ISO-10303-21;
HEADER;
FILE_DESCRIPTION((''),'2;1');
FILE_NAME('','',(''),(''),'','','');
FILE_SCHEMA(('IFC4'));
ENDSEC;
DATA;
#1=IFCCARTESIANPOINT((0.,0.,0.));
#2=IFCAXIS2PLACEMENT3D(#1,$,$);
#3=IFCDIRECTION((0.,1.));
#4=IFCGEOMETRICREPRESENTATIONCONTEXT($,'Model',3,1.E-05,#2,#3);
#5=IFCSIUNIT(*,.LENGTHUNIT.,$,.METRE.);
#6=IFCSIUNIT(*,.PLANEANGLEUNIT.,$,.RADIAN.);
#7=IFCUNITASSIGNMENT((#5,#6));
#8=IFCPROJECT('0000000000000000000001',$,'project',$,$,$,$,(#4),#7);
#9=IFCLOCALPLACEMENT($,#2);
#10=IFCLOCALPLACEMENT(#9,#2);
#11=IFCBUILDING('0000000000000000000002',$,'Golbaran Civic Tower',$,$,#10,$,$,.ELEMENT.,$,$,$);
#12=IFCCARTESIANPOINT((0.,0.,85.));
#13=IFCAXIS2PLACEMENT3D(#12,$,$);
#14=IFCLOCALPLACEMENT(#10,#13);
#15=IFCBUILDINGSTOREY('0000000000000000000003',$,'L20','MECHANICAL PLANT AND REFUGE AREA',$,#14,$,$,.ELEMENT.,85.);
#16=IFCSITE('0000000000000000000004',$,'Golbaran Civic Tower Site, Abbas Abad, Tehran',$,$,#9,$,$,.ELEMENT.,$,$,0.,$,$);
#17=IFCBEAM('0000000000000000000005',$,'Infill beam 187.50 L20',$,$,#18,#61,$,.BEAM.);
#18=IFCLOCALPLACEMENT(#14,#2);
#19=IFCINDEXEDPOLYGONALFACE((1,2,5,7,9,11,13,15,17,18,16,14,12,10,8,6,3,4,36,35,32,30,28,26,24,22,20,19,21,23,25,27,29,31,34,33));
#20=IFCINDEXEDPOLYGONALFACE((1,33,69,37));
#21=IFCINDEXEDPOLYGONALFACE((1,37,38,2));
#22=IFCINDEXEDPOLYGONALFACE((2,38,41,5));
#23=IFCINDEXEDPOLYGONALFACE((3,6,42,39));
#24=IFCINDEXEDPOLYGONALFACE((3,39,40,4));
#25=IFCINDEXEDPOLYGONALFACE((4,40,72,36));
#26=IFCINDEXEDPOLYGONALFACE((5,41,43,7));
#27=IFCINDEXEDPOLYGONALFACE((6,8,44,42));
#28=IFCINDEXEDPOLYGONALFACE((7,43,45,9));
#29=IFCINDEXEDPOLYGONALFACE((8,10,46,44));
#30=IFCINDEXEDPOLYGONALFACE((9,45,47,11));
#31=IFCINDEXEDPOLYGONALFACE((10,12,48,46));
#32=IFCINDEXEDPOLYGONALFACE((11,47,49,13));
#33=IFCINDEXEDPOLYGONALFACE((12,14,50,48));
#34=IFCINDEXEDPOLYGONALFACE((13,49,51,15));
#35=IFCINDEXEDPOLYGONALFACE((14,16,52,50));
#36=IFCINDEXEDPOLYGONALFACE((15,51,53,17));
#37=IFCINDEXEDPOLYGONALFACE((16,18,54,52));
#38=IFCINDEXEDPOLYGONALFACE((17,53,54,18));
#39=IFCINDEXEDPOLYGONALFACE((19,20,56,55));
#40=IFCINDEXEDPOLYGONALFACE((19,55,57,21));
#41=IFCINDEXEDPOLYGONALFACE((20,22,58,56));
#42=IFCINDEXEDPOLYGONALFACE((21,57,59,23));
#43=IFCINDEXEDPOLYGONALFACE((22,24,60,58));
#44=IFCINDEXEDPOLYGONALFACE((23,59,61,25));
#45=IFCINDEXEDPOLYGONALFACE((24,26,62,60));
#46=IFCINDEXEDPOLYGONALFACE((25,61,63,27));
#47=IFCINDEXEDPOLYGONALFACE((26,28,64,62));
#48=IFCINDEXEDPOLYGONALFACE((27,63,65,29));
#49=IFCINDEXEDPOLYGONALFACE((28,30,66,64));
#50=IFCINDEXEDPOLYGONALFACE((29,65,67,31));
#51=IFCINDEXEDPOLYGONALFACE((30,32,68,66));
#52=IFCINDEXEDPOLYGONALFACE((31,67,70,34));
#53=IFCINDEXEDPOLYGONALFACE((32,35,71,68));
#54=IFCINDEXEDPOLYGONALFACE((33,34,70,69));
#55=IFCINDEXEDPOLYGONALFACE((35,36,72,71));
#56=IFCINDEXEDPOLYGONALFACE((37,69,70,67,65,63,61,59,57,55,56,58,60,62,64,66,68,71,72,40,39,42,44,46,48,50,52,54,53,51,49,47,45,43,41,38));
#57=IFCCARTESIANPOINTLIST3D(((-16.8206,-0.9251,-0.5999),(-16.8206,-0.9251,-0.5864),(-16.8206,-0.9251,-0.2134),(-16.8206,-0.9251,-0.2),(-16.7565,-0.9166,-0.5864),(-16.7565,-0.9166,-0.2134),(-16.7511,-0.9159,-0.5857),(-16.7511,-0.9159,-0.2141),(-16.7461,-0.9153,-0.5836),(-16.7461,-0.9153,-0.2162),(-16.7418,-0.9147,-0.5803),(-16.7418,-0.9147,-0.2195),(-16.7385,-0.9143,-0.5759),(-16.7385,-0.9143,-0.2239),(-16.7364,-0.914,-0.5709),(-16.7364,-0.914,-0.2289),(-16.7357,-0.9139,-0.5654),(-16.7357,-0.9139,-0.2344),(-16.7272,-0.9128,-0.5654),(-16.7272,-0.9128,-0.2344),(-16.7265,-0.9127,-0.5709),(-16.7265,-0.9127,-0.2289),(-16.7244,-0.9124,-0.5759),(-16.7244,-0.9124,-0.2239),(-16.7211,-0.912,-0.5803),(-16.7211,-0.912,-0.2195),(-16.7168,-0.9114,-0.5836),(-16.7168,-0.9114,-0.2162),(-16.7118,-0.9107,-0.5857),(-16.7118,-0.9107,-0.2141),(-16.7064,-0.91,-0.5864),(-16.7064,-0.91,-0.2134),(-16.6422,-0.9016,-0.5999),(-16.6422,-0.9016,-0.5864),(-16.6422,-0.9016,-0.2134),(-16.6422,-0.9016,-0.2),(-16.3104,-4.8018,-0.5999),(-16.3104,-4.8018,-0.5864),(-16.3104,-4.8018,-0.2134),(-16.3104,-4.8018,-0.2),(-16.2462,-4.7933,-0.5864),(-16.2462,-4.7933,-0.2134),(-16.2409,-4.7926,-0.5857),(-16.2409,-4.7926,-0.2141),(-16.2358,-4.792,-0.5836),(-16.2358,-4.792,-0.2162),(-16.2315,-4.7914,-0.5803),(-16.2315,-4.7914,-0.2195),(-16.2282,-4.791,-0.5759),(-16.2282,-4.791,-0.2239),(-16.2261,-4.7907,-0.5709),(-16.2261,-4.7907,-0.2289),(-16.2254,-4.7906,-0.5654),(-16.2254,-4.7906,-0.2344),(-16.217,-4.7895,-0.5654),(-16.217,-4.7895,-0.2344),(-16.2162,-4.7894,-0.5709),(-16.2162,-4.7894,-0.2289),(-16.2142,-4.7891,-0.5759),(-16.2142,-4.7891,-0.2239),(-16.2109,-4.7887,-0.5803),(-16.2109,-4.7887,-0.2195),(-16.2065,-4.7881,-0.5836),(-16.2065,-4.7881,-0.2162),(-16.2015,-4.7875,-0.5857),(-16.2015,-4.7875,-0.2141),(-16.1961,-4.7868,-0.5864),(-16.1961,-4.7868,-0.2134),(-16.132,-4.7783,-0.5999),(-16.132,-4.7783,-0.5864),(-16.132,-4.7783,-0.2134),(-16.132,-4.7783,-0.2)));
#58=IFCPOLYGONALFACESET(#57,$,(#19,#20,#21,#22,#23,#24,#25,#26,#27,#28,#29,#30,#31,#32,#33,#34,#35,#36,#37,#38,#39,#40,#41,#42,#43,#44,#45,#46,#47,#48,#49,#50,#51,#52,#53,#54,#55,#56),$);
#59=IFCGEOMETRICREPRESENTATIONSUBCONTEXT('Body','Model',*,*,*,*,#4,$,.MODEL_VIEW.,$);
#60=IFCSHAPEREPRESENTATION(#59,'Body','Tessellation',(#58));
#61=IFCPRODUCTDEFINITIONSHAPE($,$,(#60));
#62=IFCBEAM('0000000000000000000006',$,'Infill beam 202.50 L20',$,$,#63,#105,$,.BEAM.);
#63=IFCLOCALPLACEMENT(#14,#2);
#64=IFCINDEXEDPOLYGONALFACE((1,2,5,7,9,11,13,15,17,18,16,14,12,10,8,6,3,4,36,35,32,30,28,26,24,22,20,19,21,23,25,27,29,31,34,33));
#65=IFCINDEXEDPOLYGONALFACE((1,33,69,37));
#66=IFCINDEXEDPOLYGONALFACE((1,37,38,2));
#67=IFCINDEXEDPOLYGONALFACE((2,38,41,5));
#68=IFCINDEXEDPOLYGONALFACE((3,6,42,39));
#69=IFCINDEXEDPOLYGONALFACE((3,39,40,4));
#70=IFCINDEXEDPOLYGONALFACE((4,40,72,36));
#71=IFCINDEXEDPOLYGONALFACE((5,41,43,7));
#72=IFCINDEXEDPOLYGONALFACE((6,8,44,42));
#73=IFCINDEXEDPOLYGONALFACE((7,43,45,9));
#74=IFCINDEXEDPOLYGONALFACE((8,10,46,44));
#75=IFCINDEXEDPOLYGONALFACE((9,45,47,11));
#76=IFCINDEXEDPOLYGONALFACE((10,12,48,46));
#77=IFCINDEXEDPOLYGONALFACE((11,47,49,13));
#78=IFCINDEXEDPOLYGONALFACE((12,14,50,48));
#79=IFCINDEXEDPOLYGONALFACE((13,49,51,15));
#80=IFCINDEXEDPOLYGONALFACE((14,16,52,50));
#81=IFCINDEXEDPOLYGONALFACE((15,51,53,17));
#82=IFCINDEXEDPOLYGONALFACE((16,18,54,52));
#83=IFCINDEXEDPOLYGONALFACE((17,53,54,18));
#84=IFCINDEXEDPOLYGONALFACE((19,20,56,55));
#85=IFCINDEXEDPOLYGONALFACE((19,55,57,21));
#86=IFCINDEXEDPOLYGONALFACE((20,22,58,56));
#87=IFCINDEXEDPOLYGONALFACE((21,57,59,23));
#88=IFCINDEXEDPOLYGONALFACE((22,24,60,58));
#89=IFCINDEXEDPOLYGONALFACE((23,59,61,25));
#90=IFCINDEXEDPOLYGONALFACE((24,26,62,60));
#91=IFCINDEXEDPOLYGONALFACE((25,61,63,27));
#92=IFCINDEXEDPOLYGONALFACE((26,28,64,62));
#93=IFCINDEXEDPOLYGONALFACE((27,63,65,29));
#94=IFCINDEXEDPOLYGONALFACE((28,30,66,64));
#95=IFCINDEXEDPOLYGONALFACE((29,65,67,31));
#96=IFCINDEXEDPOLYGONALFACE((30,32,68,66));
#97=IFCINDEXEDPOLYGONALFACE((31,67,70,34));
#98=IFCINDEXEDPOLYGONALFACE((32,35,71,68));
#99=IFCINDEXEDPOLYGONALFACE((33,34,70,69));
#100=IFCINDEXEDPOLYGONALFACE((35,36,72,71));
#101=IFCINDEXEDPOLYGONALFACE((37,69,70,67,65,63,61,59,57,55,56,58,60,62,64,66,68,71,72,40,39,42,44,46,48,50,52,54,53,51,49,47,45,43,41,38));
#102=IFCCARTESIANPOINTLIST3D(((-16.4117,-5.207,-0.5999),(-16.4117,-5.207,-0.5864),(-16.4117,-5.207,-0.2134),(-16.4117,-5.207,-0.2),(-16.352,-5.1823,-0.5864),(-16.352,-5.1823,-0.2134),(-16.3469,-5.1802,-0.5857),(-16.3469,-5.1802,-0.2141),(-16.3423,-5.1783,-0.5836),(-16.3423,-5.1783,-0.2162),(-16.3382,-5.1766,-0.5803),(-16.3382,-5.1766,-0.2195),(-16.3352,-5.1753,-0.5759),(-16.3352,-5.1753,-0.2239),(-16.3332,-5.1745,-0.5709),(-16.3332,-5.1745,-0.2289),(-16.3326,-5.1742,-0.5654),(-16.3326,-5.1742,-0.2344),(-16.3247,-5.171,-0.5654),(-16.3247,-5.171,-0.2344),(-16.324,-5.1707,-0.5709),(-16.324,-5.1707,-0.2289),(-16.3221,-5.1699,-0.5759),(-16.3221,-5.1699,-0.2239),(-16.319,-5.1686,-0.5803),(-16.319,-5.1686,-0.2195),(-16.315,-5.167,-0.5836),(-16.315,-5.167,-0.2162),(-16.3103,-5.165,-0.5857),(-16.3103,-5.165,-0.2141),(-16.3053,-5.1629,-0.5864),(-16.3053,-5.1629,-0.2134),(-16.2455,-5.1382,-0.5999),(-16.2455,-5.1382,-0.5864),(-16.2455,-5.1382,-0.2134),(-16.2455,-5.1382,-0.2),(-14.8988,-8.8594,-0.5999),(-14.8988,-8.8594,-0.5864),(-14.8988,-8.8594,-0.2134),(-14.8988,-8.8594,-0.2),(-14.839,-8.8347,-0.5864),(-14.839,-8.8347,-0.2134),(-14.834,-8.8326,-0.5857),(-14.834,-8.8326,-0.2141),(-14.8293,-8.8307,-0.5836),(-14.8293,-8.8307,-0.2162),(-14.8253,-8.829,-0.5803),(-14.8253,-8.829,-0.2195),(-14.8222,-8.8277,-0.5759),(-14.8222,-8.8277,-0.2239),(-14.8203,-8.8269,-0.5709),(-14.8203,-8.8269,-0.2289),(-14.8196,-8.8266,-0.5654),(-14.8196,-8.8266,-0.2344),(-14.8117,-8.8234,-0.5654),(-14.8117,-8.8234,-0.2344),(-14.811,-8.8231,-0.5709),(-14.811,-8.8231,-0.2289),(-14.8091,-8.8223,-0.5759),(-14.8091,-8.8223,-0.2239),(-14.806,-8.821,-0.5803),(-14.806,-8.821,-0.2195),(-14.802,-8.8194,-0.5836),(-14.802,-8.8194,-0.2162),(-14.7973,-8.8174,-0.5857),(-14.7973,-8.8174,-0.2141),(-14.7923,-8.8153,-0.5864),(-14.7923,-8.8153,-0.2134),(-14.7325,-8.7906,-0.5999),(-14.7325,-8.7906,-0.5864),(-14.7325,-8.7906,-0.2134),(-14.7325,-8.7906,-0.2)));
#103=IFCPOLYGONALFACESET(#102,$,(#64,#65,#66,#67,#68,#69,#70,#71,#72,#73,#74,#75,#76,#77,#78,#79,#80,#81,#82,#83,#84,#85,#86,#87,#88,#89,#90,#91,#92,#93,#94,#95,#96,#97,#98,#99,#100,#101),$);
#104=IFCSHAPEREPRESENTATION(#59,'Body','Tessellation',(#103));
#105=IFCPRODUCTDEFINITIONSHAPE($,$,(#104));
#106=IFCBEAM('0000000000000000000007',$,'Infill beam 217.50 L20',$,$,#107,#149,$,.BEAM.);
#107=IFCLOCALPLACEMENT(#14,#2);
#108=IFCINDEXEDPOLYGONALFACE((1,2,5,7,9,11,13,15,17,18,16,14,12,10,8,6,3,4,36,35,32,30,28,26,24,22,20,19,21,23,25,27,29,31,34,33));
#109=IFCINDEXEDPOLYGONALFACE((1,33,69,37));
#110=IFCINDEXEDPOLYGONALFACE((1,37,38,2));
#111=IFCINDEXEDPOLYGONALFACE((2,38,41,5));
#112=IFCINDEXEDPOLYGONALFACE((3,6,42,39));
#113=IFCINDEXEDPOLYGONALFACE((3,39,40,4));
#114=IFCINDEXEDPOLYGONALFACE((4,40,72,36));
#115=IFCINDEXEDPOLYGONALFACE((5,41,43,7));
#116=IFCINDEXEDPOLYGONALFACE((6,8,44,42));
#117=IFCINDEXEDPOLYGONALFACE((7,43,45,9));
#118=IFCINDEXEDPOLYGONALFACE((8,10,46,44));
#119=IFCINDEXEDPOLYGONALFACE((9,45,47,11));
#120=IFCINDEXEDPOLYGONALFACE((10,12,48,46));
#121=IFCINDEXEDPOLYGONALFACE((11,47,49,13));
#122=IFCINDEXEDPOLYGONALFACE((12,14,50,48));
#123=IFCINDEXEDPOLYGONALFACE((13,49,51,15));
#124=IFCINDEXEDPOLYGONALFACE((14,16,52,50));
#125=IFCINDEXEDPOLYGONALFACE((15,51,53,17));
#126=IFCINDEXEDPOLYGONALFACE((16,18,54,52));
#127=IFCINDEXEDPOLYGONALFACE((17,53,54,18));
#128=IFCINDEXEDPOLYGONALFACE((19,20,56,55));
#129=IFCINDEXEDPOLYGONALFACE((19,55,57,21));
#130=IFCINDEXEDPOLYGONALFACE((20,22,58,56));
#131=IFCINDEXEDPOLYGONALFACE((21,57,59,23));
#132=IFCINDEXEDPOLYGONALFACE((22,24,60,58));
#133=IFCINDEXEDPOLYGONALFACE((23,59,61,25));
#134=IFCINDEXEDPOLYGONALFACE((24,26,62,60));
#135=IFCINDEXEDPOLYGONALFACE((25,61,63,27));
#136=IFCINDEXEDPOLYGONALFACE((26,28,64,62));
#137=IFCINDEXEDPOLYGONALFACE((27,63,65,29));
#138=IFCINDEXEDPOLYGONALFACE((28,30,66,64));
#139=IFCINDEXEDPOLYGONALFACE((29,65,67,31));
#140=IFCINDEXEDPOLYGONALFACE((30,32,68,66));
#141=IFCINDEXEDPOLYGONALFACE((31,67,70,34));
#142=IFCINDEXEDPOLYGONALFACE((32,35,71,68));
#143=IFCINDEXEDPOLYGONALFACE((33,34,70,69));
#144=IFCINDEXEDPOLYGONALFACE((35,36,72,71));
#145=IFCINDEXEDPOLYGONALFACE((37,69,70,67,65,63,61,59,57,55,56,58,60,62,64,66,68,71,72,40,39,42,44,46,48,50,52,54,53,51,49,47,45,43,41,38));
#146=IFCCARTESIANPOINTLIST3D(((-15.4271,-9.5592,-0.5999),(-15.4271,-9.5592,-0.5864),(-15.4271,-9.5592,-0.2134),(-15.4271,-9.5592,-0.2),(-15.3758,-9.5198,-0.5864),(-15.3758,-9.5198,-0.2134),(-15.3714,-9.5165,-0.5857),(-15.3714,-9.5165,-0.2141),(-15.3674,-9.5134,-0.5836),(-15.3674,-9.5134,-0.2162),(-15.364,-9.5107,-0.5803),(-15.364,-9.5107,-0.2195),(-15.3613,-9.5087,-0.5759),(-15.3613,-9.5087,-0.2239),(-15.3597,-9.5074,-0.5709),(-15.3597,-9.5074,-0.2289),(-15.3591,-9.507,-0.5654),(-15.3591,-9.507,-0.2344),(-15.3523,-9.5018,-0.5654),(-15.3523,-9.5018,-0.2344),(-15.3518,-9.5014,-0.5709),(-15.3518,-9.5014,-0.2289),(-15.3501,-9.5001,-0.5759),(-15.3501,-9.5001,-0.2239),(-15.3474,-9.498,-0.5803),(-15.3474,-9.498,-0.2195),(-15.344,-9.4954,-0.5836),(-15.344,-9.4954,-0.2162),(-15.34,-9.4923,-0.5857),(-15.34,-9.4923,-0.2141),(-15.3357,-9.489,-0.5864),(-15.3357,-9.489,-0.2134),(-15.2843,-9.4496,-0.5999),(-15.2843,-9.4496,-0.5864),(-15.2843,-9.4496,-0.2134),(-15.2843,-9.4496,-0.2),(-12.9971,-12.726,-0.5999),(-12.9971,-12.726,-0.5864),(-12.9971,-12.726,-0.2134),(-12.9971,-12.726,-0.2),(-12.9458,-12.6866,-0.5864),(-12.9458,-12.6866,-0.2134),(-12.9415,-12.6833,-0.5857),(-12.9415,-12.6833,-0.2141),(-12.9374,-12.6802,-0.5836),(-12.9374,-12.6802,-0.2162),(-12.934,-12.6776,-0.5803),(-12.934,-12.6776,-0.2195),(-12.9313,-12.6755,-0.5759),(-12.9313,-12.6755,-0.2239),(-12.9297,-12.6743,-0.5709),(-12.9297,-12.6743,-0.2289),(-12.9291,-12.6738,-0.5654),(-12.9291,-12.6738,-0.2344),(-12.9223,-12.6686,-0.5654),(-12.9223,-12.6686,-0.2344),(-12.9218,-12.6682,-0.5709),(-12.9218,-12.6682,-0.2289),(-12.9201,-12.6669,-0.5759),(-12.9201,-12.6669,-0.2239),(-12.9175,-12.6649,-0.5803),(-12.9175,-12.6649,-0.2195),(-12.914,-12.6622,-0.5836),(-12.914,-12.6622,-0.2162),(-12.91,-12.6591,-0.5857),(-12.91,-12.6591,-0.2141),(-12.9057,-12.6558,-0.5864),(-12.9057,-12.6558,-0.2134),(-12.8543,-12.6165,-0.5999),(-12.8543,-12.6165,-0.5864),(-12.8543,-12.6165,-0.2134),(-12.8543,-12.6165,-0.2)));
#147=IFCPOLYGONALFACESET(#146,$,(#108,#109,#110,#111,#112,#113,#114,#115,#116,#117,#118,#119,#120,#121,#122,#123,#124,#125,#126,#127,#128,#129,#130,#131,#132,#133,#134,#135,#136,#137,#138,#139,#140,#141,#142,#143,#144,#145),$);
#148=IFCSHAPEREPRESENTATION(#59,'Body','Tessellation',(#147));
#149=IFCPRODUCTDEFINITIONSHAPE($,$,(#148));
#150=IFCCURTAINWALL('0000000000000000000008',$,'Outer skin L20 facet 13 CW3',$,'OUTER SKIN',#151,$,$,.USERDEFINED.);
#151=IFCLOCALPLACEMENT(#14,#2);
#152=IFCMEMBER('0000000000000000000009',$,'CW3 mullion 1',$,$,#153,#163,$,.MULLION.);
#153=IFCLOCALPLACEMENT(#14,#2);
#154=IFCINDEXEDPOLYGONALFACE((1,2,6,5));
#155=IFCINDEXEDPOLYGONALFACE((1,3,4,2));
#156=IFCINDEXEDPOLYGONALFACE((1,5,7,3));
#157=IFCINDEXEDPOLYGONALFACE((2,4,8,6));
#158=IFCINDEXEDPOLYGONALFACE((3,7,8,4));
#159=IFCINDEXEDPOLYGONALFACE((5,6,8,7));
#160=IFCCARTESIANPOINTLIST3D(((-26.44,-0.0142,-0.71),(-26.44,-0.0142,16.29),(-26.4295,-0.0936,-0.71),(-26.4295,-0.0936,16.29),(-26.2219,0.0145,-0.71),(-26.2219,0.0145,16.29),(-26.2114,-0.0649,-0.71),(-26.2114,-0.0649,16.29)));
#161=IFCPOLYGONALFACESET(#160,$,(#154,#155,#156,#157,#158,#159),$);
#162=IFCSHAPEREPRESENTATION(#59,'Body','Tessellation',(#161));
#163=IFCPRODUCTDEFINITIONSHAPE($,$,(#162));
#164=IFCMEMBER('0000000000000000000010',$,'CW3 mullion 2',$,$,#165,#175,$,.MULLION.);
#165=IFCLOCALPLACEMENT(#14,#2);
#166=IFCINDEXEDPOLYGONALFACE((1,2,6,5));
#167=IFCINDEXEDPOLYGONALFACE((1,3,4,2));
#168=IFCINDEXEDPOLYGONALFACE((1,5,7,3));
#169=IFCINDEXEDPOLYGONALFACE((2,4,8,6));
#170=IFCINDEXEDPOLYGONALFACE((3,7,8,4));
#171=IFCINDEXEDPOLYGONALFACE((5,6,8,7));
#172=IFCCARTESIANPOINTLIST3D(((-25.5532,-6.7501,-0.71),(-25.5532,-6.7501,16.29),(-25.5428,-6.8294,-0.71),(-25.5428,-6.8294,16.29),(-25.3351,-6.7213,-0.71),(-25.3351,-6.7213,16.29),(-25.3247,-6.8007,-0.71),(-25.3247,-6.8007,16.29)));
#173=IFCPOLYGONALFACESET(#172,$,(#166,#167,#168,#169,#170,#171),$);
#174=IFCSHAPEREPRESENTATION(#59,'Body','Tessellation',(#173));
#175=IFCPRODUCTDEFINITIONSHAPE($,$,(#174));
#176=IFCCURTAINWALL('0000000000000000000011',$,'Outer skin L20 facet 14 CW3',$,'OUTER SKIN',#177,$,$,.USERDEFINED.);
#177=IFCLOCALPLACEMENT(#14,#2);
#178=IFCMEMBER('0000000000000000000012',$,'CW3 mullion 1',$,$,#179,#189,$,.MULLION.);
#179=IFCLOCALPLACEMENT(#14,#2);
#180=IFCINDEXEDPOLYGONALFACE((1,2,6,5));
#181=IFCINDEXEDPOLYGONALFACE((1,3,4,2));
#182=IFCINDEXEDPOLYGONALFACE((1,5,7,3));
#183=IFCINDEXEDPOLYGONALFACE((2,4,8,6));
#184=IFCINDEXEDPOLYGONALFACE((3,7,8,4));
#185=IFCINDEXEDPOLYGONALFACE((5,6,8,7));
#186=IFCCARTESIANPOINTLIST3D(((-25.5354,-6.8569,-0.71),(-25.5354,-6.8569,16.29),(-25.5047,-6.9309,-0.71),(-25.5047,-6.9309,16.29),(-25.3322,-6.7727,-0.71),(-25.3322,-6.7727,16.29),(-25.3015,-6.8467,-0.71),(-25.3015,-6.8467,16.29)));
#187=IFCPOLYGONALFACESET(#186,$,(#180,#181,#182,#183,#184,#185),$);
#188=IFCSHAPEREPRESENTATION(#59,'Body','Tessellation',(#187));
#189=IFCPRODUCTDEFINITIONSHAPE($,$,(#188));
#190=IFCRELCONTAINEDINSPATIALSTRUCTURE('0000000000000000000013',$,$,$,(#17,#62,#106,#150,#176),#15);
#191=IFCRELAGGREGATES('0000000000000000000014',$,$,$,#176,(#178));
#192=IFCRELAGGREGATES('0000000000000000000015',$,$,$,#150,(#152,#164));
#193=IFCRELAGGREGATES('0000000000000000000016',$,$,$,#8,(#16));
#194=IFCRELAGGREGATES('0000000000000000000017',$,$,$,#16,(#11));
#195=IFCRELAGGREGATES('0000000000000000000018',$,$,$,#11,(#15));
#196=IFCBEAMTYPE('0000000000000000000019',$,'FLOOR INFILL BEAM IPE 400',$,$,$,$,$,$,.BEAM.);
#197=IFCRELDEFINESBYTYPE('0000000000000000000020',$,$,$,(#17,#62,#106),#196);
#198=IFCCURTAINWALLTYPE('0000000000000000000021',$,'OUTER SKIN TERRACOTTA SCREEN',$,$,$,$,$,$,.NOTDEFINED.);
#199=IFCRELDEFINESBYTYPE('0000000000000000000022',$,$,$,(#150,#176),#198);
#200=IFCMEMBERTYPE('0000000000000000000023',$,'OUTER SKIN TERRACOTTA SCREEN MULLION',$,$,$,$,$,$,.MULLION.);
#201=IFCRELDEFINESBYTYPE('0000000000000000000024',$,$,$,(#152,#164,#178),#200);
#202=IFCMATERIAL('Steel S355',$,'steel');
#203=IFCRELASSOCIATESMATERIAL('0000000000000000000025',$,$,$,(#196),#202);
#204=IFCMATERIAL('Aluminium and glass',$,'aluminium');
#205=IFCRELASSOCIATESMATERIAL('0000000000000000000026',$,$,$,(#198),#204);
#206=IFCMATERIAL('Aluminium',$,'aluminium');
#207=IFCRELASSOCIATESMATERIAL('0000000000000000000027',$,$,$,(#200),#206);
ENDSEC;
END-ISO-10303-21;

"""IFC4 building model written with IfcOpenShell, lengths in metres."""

from ifc_helpers import new_model, si_unit, direction, frame, origin, origin_2d, place, context, subcontext, project, spatial, rectangle, i_section, extrude, material, material_profile, profile_set, type_object, element, aggregate, save


model = new_model("IFC4")

# Units and contexts
model_context = context("Model", 3, precision=1e-05, world=origin(), true_north=direction((0.0, 1.0)))
body_context = subcontext(model_context, "Body", "Model", "MODEL_VIEW")
ifc_project = project(units=[si_unit("LENGTHUNIT", "METRE"), si_unit("PLANEANGLEUNIT", "RADIAN")], contexts=[model_context])

# Site, building, storey
site_placement = place(None, origin())
site = spatial("IfcSite", under=ifc_project, at=site_placement, Name="Golbaran Civic Tower Site, Abbas Abad, Tehran", CompositionType="ELEMENT", RefElevation=0.0)
building_placement = place(site_placement, origin())
building = spatial("IfcBuilding", under=site, at=building_placement, Name="Golbaran Civic Tower", CompositionType="ELEMENT")
storey_placement = place(building_placement, frame((0.0, 0.0, 85.0)))
storey = spatial("IfcBuildingStorey", under=building, at=storey_placement, Name="L20", Description="MECHANICAL PLANT AND REFUGE AREA", CompositionType="ELEMENT", Elevation=85.0)

# Shared definitions
ifc_material_1 = material(Name="Steel S355", Category="steel")

# Beams
ifc_material_profile_1 = material_profile(ifc_material_1, i_section(OverallWidth=0.1799, OverallDepth=0.3999, WebThickness=0.0085, FlangeThickness=0.0134, FilletRadius=0.021, at=origin_2d()), Name="IPE 400")
ifc_profile_set_1 = profile_set([ifc_material_profile_1], Name="Steel S355")
beam_type_1 = type_object("IfcBeamType", Name="FLOOR INFILL BEAM IPE 400", PredefinedType="BEAM", material=ifc_profile_set_1)
beam_1_placement = place(storey_placement, frame((-16.7314, -0.9133, -0.3999), z_axis=(0.130495, -0.991449, 0.0), x_axis=(0.991449, 0.130495, 0.0)))
element("IfcBeam", 1, at=beam_1_placement, inside=storey, type_object=beam_type_1, Name="Infill beam 187.50 L20", PredefinedType="BEAM", context=body_context, shape_type="SweptSolid", body=[
    extrude(i_section(OverallWidth=0.1799, OverallDepth=0.3999, WebThickness=0.0085, FlangeThickness=0.0134, FilletRadius=0.021, at=origin_2d()), origin(), (0.0, 0.0, 1.0), 3.9102),
])
beam_2_placement = place(storey_placement, frame((-16.3286, -5.1726, -0.3999), z_axis=(0.382703, -0.923872, 0.0), x_axis=(0.923872, 0.382703, 0.0)))
element("IfcBeam", 2, at=beam_2_placement, inside=storey, type_object=beam_type_1, Name="Infill beam 202.50 L20", PredefinedType="BEAM", context=body_context, shape_type="SweptSolid", body=[
    extrude(i_section(OverallWidth=0.1799, OverallDepth=0.3999, WebThickness=0.0085, FlangeThickness=0.0134, FilletRadius=0.021, at=origin_2d()), origin(), (0.0, 0.0, 1.0), 3.9534),
])
beam_3_placement = place(storey_placement, frame((-15.3557, -9.5044, -0.3999), z_axis=(0.608761, -0.793353, 0.0), x_axis=(0.793353, 0.608761, 0.0)))
element("IfcBeam", 3, at=beam_3_placement, inside=storey, type_object=beam_type_1, Name="Infill beam 217.50 L20", PredefinedType="BEAM", context=body_context, shape_type="SweptSolid", body=[
    extrude(i_section(OverallWidth=0.1799, OverallDepth=0.3999, WebThickness=0.0085, FlangeThickness=0.0134, FilletRadius=0.021, at=origin_2d()), origin(), (0.0, 0.0, 1.0), 3.9917),
])

# Curtain wall, members
ifc_material_2 = material(Name="Aluminium and glass", Category="aluminium")
curtain_wall_type_1 = type_object("IfcCurtainWallType", Name="OUTER SKIN TERRACOTTA SCREEN", PredefinedType="NOTDEFINED", material=ifc_material_2)
curtain_wall_1_placement = place(storey_placement, origin())
curtain_wall_1 = element("IfcCurtainWall", 4, at=curtain_wall_1_placement, inside=storey, type_object=curtain_wall_type_1, Name="Outer skin L20 facet 13 CW3", ObjectType="OUTER SKIN", PredefinedType="USERDEFINED")
ifc_material_3 = material(Name="Aluminium", Category="aluminium")
ifc_material_profile_2 = material_profile(ifc_material_3, rectangle(XDim=0.22, YDim=0.0801, at=origin_2d()), Name="OUTER SKIN TERRACOTTA SCREEN MULLION")
ifc_profile_set_2 = profile_set([ifc_material_profile_2], Name="Aluminium")
member_type_1 = type_object("IfcMemberType", Name="OUTER SKIN TERRACOTTA SCREEN MULLION", PredefinedType="MULLION", material=ifc_profile_set_2)
member_1_placement = place(storey_placement, frame((-26.3257, -0.0396, -0.71), z_axis=(0.0, 0.0, 1.0), x_axis=(0.991445, 0.130526, 0.0)))
member_1 = element("IfcMember", 5, at=member_1_placement, type_object=member_type_1, Name="CW3 mullion 1", PredefinedType="MULLION", context=body_context, shape_type="SweptSolid", body=[
    extrude(rectangle(XDim=0.22, YDim=0.0801, at=origin_2d()), origin(), (0.0, 0.0, 1.0), 17.0),
])
member_2_placement = place(storey_placement, frame((-25.439, -6.7754, -0.71), z_axis=(0.0, 0.0, 1.0), x_axis=(0.991445, 0.130526, 0.0)))
member_2 = element("IfcMember", 6, at=member_2_placement, type_object=member_type_1, Name="CW3 mullion 2", PredefinedType="MULLION", context=body_context, shape_type="SweptSolid", body=[
    extrude(rectangle(XDim=0.22, YDim=0.0801, at=origin_2d()), origin(), (0.0, 0.0, 1.0), 17.0),
])

# Curtain wall, member
curtain_wall_2_placement = place(storey_placement, origin())
curtain_wall_2 = element("IfcCurtainWall", 7, at=curtain_wall_2_placement, inside=storey, type_object=curtain_wall_type_1, Name="Outer skin L20 facet 14 CW3", ObjectType="OUTER SKIN", PredefinedType="USERDEFINED")
member_3_placement = place(storey_placement, frame((-25.4185, -6.8518, -0.71), z_axis=(0.0, 0.0, 1.0), x_axis=(0.92388, 0.382683, 0.0)))
member_3 = element("IfcMember", 8, at=member_3_placement, type_object=member_type_1, Name="CW3 mullion 1", PredefinedType="MULLION", context=body_context, shape_type="SweptSolid", body=[
    extrude(rectangle(XDim=0.22, YDim=0.0801, at=origin_2d()), origin(), (0.0, 0.0, 1.0), 17.0),
])

aggregate(curtain_wall_2, [member_3])
aggregate(curtain_wall_1, [member_1, member_2])

save(model, "model.ifc")
